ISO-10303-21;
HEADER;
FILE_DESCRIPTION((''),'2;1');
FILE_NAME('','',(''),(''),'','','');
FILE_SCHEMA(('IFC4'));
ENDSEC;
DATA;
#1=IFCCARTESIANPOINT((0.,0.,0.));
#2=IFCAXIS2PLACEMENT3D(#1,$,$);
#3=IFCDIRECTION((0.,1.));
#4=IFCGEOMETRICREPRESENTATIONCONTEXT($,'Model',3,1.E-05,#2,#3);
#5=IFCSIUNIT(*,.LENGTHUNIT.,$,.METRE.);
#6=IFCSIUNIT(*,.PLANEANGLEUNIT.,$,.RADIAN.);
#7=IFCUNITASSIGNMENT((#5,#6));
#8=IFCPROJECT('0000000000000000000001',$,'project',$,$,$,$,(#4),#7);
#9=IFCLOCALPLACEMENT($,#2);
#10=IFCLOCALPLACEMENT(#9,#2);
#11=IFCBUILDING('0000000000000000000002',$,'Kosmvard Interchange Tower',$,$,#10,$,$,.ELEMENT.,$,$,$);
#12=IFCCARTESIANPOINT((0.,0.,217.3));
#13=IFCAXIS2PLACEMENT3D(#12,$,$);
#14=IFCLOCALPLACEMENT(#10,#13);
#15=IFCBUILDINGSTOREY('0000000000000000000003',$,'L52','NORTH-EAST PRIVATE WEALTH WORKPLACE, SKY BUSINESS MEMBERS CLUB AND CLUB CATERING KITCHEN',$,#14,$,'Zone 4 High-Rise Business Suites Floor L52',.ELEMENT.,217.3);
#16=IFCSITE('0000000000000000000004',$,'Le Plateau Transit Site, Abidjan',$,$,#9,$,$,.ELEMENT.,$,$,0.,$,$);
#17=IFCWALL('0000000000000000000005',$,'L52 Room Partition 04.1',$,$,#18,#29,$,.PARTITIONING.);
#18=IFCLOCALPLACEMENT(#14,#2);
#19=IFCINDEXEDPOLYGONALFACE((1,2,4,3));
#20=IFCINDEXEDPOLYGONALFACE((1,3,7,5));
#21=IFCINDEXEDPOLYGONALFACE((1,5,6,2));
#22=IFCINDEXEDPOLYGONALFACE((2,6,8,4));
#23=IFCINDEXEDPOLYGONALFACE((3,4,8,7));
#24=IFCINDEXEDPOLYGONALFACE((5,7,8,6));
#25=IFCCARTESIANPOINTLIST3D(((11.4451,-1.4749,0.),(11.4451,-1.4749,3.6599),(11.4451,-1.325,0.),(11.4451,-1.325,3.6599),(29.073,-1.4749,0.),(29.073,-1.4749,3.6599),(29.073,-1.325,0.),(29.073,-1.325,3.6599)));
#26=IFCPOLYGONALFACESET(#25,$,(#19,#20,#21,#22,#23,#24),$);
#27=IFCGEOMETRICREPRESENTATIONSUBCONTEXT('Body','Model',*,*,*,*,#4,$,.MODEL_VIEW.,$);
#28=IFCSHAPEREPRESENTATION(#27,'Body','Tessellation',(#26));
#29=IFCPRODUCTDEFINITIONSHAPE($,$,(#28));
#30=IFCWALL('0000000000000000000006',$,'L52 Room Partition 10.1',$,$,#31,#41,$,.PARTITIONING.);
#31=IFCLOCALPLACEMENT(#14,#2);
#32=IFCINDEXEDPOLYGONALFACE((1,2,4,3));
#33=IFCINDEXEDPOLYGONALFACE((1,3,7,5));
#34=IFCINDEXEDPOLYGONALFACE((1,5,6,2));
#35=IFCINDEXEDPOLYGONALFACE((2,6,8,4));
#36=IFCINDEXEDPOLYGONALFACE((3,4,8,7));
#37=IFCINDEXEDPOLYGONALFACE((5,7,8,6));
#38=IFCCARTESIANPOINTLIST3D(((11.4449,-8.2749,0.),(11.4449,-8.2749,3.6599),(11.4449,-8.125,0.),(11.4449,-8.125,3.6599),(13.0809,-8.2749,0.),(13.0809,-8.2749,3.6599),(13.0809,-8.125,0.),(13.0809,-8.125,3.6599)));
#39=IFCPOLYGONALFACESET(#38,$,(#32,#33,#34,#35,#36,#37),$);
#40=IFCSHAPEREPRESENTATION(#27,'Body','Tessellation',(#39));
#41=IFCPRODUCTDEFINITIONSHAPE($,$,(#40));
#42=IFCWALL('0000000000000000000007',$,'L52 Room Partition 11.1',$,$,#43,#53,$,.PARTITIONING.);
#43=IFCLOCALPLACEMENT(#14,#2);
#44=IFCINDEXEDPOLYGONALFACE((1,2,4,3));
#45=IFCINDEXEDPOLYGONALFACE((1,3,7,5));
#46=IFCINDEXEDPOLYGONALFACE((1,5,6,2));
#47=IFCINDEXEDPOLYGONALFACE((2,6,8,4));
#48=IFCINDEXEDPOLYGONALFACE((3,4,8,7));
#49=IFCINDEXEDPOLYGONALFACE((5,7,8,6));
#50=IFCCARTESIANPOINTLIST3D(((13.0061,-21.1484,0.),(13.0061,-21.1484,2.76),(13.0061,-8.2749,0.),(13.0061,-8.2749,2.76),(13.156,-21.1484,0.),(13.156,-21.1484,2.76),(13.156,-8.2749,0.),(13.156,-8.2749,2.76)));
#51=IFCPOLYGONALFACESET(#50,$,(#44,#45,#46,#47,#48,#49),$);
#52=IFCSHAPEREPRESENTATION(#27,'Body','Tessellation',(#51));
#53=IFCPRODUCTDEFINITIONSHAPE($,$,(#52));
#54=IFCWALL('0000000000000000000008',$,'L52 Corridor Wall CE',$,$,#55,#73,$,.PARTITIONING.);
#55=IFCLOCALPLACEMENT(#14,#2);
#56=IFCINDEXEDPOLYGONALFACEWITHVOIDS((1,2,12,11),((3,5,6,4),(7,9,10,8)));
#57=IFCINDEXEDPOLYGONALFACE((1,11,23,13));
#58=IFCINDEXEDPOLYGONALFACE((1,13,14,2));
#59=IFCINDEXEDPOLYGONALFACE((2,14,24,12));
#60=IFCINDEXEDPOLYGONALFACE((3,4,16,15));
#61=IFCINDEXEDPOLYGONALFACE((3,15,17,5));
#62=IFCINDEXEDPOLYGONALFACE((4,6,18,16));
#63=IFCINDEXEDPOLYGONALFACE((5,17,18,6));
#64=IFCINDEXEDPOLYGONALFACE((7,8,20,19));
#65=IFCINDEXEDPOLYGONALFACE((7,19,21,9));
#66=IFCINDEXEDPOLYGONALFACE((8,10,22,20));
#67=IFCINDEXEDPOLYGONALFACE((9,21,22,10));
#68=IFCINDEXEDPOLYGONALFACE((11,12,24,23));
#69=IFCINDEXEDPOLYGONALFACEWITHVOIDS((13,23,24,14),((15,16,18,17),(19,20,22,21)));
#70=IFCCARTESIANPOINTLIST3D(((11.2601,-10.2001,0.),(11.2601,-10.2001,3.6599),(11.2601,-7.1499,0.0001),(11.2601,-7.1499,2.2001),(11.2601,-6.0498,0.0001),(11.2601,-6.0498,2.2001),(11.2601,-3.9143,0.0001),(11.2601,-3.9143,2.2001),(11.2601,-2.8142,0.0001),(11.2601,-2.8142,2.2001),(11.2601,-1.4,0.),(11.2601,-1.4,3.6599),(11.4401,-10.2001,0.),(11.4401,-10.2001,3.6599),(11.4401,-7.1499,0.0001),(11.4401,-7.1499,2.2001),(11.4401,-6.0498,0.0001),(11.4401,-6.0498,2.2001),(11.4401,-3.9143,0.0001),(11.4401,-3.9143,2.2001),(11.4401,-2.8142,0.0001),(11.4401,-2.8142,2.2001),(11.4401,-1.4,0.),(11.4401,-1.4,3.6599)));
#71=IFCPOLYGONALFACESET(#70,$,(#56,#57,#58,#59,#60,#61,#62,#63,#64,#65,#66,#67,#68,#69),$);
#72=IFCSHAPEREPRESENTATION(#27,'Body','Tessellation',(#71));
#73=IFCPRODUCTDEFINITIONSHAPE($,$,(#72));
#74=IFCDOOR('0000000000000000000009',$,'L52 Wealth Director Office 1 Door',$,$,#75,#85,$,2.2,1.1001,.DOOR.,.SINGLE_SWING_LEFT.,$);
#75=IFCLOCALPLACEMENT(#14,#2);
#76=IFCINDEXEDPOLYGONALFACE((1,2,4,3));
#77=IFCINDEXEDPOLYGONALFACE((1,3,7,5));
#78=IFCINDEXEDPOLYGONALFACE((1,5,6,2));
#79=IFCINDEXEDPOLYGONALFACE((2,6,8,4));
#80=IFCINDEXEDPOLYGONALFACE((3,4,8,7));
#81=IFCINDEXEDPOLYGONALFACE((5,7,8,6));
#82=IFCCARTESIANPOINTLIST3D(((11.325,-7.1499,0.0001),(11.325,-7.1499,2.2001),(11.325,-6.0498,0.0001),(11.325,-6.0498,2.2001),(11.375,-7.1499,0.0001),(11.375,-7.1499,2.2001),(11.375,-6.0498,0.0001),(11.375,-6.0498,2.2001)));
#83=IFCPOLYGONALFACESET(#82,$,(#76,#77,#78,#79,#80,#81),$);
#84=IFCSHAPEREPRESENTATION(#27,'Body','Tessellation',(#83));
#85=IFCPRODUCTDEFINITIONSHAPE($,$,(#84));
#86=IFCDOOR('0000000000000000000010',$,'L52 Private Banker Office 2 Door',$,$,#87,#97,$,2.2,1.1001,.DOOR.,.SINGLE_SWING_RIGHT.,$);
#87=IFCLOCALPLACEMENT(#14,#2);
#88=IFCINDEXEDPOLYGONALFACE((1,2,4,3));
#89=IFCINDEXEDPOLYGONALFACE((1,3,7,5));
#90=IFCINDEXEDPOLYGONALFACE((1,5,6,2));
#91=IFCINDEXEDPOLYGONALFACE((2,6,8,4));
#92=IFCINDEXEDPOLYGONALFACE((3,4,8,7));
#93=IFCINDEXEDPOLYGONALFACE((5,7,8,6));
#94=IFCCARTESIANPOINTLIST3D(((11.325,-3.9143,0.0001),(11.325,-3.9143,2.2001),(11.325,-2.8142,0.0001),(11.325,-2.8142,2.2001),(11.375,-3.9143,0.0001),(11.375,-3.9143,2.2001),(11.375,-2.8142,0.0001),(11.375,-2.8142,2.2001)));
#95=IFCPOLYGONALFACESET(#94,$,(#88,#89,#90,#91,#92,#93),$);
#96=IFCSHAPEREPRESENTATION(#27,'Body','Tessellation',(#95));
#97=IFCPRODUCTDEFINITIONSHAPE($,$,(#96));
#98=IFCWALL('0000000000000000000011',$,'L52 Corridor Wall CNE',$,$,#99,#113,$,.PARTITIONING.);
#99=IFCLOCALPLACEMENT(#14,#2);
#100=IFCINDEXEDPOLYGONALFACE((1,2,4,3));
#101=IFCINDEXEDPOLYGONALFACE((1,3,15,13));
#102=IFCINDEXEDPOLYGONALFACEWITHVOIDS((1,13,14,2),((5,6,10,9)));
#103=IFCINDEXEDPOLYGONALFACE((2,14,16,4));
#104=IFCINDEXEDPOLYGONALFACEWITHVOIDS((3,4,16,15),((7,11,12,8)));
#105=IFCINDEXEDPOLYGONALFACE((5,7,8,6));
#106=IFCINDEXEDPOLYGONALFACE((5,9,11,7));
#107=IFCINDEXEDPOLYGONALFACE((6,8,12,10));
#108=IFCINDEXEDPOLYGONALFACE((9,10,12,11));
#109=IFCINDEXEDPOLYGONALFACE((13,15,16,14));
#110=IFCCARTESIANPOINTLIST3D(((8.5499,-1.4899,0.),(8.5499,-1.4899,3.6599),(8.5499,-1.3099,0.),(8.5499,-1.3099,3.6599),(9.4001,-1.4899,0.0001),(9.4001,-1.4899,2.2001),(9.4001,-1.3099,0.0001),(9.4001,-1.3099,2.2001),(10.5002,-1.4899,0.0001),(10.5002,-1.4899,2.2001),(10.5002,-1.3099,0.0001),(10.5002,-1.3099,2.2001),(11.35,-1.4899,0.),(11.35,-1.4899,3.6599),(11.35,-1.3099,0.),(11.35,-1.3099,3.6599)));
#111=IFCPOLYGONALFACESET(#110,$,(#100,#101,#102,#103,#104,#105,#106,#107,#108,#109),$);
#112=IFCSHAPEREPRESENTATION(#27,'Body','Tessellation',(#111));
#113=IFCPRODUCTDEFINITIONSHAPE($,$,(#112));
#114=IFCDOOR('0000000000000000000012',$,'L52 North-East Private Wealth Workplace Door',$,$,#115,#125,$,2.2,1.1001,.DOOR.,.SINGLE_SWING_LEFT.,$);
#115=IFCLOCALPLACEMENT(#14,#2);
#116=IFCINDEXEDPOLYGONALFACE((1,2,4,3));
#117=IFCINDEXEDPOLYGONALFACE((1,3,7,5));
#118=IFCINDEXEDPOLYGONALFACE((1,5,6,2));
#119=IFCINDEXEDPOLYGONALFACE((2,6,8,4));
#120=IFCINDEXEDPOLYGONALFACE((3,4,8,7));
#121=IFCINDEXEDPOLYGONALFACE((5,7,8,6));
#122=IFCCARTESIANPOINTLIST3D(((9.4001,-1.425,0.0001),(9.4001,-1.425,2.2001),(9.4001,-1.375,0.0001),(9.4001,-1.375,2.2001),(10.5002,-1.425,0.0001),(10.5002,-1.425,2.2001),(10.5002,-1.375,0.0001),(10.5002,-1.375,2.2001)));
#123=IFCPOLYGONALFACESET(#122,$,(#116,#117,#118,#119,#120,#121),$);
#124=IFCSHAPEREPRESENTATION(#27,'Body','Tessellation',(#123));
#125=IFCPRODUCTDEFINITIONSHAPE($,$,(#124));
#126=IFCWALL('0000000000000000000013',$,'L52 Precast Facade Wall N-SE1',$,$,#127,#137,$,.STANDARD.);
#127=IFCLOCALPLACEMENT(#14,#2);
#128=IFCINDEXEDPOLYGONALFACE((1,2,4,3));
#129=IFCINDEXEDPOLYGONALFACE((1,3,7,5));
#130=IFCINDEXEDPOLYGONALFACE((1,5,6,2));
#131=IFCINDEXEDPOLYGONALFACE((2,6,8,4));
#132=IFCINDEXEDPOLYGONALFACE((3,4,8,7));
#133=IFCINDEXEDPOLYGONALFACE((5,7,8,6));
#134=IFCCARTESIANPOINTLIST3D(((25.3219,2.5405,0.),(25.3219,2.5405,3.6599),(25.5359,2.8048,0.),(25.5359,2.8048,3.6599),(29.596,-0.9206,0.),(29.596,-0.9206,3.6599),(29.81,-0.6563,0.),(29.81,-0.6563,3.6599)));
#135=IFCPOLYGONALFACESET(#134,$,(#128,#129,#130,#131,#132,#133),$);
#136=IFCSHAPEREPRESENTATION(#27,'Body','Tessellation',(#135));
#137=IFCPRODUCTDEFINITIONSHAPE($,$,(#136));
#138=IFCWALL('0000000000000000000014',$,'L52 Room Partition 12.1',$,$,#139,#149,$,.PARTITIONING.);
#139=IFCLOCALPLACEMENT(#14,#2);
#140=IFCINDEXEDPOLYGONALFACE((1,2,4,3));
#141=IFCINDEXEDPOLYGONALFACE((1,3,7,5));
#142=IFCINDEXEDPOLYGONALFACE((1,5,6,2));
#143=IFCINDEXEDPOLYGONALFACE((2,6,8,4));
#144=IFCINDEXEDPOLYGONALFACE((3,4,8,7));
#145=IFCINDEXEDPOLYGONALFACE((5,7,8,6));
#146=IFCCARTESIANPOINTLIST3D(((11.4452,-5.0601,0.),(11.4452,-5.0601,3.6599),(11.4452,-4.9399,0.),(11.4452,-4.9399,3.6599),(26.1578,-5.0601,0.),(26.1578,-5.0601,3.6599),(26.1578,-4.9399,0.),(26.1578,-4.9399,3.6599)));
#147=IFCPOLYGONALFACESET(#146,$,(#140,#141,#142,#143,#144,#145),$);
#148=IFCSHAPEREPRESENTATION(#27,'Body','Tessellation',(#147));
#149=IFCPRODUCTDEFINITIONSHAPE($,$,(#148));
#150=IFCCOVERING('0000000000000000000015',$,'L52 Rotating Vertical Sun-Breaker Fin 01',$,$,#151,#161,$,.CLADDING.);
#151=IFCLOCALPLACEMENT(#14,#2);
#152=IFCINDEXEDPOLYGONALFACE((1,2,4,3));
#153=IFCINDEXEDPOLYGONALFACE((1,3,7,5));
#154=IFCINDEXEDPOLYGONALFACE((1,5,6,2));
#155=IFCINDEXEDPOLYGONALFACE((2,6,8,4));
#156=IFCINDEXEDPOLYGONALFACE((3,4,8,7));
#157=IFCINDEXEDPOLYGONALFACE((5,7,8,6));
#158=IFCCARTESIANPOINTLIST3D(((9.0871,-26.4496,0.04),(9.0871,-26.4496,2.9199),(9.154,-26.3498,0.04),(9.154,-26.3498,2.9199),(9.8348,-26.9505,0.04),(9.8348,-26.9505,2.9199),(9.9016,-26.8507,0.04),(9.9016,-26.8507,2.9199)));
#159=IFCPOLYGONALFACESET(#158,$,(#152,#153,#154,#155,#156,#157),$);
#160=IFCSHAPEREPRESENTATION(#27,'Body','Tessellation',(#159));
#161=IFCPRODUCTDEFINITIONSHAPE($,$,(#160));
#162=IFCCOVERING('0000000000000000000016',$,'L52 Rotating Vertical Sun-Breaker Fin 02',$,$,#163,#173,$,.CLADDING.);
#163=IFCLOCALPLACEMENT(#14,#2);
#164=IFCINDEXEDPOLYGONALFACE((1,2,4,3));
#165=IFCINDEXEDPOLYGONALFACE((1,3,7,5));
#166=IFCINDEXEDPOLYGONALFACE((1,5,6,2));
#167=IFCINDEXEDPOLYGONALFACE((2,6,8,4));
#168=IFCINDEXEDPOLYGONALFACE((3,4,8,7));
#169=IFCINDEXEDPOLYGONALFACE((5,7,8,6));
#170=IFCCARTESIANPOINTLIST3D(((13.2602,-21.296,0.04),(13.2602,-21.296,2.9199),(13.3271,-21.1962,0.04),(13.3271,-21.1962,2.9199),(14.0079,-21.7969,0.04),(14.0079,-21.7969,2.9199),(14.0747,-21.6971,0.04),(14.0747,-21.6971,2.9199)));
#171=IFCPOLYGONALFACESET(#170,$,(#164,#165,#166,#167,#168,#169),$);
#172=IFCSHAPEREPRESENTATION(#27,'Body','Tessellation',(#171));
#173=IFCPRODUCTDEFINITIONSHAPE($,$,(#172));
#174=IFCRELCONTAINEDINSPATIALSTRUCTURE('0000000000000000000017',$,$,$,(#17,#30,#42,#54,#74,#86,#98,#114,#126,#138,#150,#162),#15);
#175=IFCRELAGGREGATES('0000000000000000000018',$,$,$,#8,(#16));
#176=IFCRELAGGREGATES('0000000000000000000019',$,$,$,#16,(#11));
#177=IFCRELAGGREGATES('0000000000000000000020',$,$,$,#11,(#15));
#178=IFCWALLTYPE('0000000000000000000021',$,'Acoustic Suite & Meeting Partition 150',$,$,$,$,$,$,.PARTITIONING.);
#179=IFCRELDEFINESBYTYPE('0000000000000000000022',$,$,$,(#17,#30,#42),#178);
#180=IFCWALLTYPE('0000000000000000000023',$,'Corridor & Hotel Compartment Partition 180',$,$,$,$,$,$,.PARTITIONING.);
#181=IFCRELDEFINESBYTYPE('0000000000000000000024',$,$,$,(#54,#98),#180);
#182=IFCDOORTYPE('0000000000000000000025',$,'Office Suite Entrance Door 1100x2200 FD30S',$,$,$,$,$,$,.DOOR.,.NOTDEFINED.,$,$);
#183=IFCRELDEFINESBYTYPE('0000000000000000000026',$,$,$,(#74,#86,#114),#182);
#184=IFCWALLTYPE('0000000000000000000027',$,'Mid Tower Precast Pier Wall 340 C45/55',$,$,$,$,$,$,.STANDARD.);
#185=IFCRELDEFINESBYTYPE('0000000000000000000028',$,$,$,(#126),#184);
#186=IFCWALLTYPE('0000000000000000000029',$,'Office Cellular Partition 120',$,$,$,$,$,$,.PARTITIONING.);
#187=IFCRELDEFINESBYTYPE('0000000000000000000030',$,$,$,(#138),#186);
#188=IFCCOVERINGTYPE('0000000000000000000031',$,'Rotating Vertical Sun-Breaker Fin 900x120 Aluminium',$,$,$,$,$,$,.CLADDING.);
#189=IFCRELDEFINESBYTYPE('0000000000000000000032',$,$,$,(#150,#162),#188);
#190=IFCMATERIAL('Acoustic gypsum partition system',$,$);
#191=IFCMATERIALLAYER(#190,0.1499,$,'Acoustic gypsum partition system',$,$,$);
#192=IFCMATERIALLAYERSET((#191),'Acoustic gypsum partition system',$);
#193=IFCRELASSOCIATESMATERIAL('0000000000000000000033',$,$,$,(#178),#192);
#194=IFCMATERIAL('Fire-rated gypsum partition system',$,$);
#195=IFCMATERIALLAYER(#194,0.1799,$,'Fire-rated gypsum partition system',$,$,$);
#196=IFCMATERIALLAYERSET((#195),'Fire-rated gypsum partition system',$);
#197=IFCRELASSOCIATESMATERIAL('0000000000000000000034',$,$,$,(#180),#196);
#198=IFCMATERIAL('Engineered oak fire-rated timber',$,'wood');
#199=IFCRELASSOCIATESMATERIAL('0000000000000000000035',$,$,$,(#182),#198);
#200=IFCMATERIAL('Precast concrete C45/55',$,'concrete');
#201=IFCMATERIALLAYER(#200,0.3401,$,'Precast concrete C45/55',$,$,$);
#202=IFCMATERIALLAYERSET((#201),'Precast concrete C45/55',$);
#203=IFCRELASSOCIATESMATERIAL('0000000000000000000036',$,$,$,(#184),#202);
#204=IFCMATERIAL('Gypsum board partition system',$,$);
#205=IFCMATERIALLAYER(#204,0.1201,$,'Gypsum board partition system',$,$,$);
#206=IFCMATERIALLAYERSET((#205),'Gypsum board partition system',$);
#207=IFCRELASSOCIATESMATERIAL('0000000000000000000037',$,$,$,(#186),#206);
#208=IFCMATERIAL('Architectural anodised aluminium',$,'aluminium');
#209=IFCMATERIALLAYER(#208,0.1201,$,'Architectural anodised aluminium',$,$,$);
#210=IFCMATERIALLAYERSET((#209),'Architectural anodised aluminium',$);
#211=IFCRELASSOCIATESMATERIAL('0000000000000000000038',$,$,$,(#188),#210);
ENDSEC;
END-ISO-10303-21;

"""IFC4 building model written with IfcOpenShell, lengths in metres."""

from ifc_helpers import new_model, si_unit, direction, frame, frame_2d, origin, origin_2d, place, context, subcontext, project, spatial, rectangle, extrude, source, transform, mapped, material, layer, layer_set, type_object, element, fill, save


model = new_model("IFC4")

# Units and contexts
model_context = context("Model", 3, precision=1e-05, world=origin(), true_north=direction((0.0, 1.0)))
body_context = subcontext(model_context, "Body", "Model", "MODEL_VIEW")
ifc_project = project(units=[si_unit("LENGTHUNIT", "METRE"), si_unit("PLANEANGLEUNIT", "RADIAN")], contexts=[model_context])

# Site, building, storey
site_placement = place(None, origin())
site = spatial("IfcSite", under=ifc_project, at=site_placement, Name="Le Plateau Transit Site, Abidjan", CompositionType="ELEMENT", RefElevation=0.0)
building_placement = place(site_placement, origin())
building = spatial("IfcBuilding", under=site, at=building_placement, Name="Kosmvard Interchange Tower", CompositionType="ELEMENT")
storey_placement = place(building_placement, frame((0.0, 0.0, 217.3)))
storey = spatial("IfcBuildingStorey", under=building, at=storey_placement, Name="L52", Description="NORTH-EAST PRIVATE WEALTH WORKPLACE, SKY BUSINESS MEMBERS CLUB AND CLUB CATERING KITCHEN", LongName="Zone 4 High-Rise Business Suites Floor L52", CompositionType="ELEMENT", Elevation=217.3)

# Shared definitions
ifc_material_1 = material(Name="Precast concrete C45/55", Category="concrete")

# Walls
ifc_material_2 = material(Name="Acoustic gypsum partition system")
ifc_layer_1 = layer(ifc_material_2, 0.1499, Name="Acoustic gypsum partition system")
ifc_layer_set_1 = layer_set([ifc_layer_1], Name="Acoustic gypsum partition system")
wall_type_1 = type_object("IfcWallType", Name="Acoustic Suite & Meeting Partition 150", PredefinedType="PARTITIONING", material=ifc_layer_set_1)
wall_1_placement = place(storey_placement, frame((11.4451, -1.3999, 0.0), z_axis=(0.0, 0.0, 1.0), x_axis=(1.0, 0.0, 0.0)))
element("IfcWall", 1, at=wall_1_placement, inside=storey, type_object=wall_type_1, Name="L52 Room Partition 04.1", PredefinedType="PARTITIONING", context=body_context, shape_type="SweptSolid", body=[
    extrude(rectangle(XDim=17.6279, YDim=0.1499, at=frame_2d((8.814, 0.0))), origin(), (0.0, 0.0, 1.0), 3.6599),
])
wall_2_placement = place(storey_placement, frame((11.4451, -8.2, 0.0), z_axis=(0.0, 0.0, 1.0), x_axis=(1.0, 0.0, 0.0)))
element("IfcWall", 2, at=wall_2_placement, inside=storey, type_object=wall_type_1, Name="L52 Room Partition 10.1", PredefinedType="PARTITIONING", context=body_context, shape_type="SweptSolid", body=[
    extrude(rectangle(XDim=1.636, YDim=0.1499, at=frame_2d((0.8179, 0.0))), origin(), (0.0, 0.0, 1.0), 3.6599),
])
wall_3_placement = place(storey_placement, frame((13.0811, -8.2749, 0.0), z_axis=(0.0, 0.0, 1.0), x_axis=(0.0, -1.0, 0.0)))
element("IfcWall", 3, at=wall_3_placement, inside=storey, type_object=wall_type_1, Name="L52 Room Partition 11.1", PredefinedType="PARTITIONING", context=body_context, shape_type="SweptSolid", body=[
    extrude(rectangle(XDim=12.8735, YDim=0.1499, at=frame_2d((6.4368, 0.0))), origin(), (0.0, 0.0, 1.0), 2.76),
])

# Wall, openings, doors
ifc_material_3 = material(Name="Fire-rated gypsum partition system")
ifc_layer_2 = layer(ifc_material_3, 0.1799, Name="Fire-rated gypsum partition system")
ifc_layer_set_2 = layer_set([ifc_layer_2], Name="Fire-rated gypsum partition system")
wall_type_2 = type_object("IfcWallType", Name="Corridor & Hotel Compartment Partition 180", PredefinedType="PARTITIONING", material=ifc_layer_set_2)
wall_4_placement = place(storey_placement, frame((11.3501, -10.2, 0.0), z_axis=(0.0, 0.0, 1.0), x_axis=(0.0, 1.0, 0.0)))
wall_4 = element("IfcWall", 4, at=wall_4_placement, inside=storey, type_object=wall_type_2, Name="L52 Corridor Wall CE", PredefinedType="PARTITIONING", context=body_context, shape_type="SweptSolid", body=[
    extrude(rectangle(XDim=8.8, YDim=0.1799, at=frame_2d((4.3999, 0.0))), origin(), (0.0, 0.0, 1.0), 3.6599),
])
opening_1_placement = place(wall_4_placement, frame((3.05, 0.0, 0.0)))
opening_1 = element("IfcOpeningElement", 5, at=opening_1_placement, cuts=wall_4, PredefinedType="OPENING", context=body_context, shape_type="SweptSolid", body=[
    extrude(rectangle(XDim=1.1001, YDim=2.2, at=frame_2d((0.55, 1.1001))), frame((0.0, 0.1001, 0.0), z_axis=(0.0, -1.0, 0.0), x_axis=(1.0, 0.0, 0.0)), (0.0, 0.0, 1.0), 0.2),
])
opening_2_placement = place(wall_4_placement, frame((6.2856, 0.0, 0.0)))
opening_2 = element("IfcOpeningElement", 6, at=opening_2_placement, cuts=wall_4, PredefinedType="OPENING", context=body_context, shape_type="SweptSolid", body=[
    extrude(rectangle(XDim=1.1001, YDim=2.2, at=frame_2d((0.55, 1.1001))), frame((0.0, 0.1001, 0.0), z_axis=(0.0, -1.0, 0.0), x_axis=(1.0, 0.0, 0.0)), (0.0, 0.0, 1.0), 0.2),
])
ifc_material_4 = material(Name="Engineered oak fire-rated timber", Category="wood")
door_type = type_object("IfcDoorType", Name="Office Suite Entrance Door 1100x2200 FD30S", OperationType="NOTDEFINED", PredefinedType="DOOR", material=ifc_material_4)
shared_shape_1 = source(origin(), body_context, "Body", "SweptSolid", [
    extrude(rectangle(XDim=1.1001, YDim=2.2, at=frame_2d((0.55, 1.1001))), frame((0.0, 0.0249, 0.0), z_axis=(0.0, -1.0, 0.0), x_axis=(1.0, 0.0, 0.0)), (0.0, 0.0, 1.0), 0.05),
])
door_1_placement = place(opening_1_placement, frame((1.1001, 0.0, 0.0), z_axis=(0.0, 0.0, 1.0), x_axis=(-1.0, 0.0, 0.0)))
door_1 = element("IfcDoor", 7, at=door_1_placement, inside=storey, type_object=door_type, Name="L52 Wealth Director Office 1 Door", OperationType="SINGLE_SWING_LEFT", OverallHeight=2.2, OverallWidth=1.1001, PredefinedType="DOOR", context=body_context, shape_type="MappedRepresentation", body=[
    mapped(shared_shape_1, transform((0.0, 0.0, 0.0), scale=1.0)),
])
fill(opening_1, door_1)
door_2_placement = place(opening_2_placement, frame((1.1001, 0.0, 0.0), z_axis=(0.0, 0.0, 1.0), x_axis=(-1.0, 0.0, 0.0)))
door_2 = element("IfcDoor", 8, at=door_2_placement, inside=storey, type_object=door_type, Name="L52 Private Banker Office 2 Door", OperationType="SINGLE_SWING_RIGHT", OverallHeight=2.2, OverallWidth=1.1001, PredefinedType="DOOR", context=body_context, shape_type="MappedRepresentation", body=[
    mapped(shared_shape_1, transform((0.0, 0.0, 0.0), scale=1.0)),
])
fill(opening_2, door_2)

# Wall, opening, door
wall_5_placement = place(storey_placement, frame((8.55, -1.3999, 0.0), z_axis=(0.0, 0.0, 1.0), x_axis=(1.0, 0.0, 0.0)))
wall_5 = element("IfcWall", 9, at=wall_5_placement, inside=storey, type_object=wall_type_2, Name="L52 Corridor Wall CNE", PredefinedType="PARTITIONING", context=body_context, shape_type="SweptSolid", body=[
    extrude(rectangle(XDim=2.8, YDim=0.1799, at=frame_2d((1.3999, 0.0))), origin(), (0.0, 0.0, 1.0), 3.6599),
])
opening_3_placement = place(wall_5_placement, frame((0.8501, 0.0, 0.0)))
opening_3 = element("IfcOpeningElement", 10, at=opening_3_placement, cuts=wall_5, PredefinedType="OPENING", context=body_context, shape_type="SweptSolid", body=[
    extrude(rectangle(XDim=1.1001, YDim=2.2, at=frame_2d((0.55, 1.1001))), frame((0.0, 0.1001, 0.0), z_axis=(0.0, -1.0, 0.0), x_axis=(1.0, 0.0, 0.0)), (0.0, 0.0, 1.0), 0.2),
])
door_3_placement = place(opening_3_placement, origin())
door_3 = element("IfcDoor", 11, at=door_3_placement, inside=storey, type_object=door_type, Name="L52 North-East Private Wealth Workplace Door", OperationType="SINGLE_SWING_LEFT", OverallHeight=2.2, OverallWidth=1.1001, PredefinedType="DOOR", context=body_context, shape_type="MappedRepresentation", body=[
    mapped(shared_shape_1, transform((0.0, 0.0, 0.0), scale=1.0)),
])
fill(opening_3, door_3)

# Walls
ifc_layer_3 = layer(ifc_material_1, 0.3401, Name="Precast concrete C45/55")
ifc_layer_set_3 = layer_set([ifc_layer_3], Name="Precast concrete C45/55")
wall_type_3 = type_object("IfcWallType", Name="Mid Tower Precast Pier Wall 340 C45/55", PredefinedType="STANDARD", material=ifc_layer_set_3)
wall_6_placement = place(storey_placement, frame((29.7031, -0.7886, 0.0), z_axis=(0.0, 0.0, 1.0), x_axis=(-0.777144, 0.629323, 0.0)))
element("IfcWall", 12, at=wall_6_placement, inside=storey, type_object=wall_type_3, Name="L52 Precast Facade Wall N-SE1", PredefinedType="STANDARD", context=body_context, shape_type="SweptSolid", body=[
    extrude(rectangle(XDim=5.4998, YDim=0.3401, at=frame_2d((2.75, 0.0))), origin(), (0.0, 0.0, 1.0), 3.6599),
])
ifc_material_5 = material(Name="Gypsum board partition system")
ifc_layer_4 = layer(ifc_material_5, 0.1201, Name="Gypsum board partition system")
ifc_layer_set_4 = layer_set([ifc_layer_4], Name="Gypsum board partition system")
wall_type_4 = type_object("IfcWallType", Name="Office Cellular Partition 120", PredefinedType="PARTITIONING", material=ifc_layer_set_4)
wall_7_placement = place(storey_placement, frame((11.4451, -5.0, 0.0), z_axis=(0.0, 0.0, 1.0), x_axis=(1.0, 0.0, 0.0)))
element("IfcWall", 13, at=wall_7_placement, inside=storey, type_object=wall_type_4, Name="L52 Room Partition 12.1", PredefinedType="PARTITIONING", context=body_context, shape_type="SweptSolid", body=[
    extrude(rectangle(XDim=14.7126, YDim=0.1201, at=frame_2d((7.3564, 0.0))), origin(), (0.0, 0.0, 1.0), 3.6599),
])

# Coverings
ifc_material_6 = material(Name="Architectural anodised aluminium", Category="aluminium")
ifc_layer_5 = layer(ifc_material_6, 0.1201, Name="Architectural anodised aluminium")
ifc_layer_set_5 = layer_set([ifc_layer_5], Name="Architectural anodised aluminium")
covering_type = type_object("IfcCoveringType", Name="Rotating Vertical Sun-Breaker Fin 900x120 Aluminium", PredefinedType="CLADDING", material=ifc_layer_set_5)
shared_shape_2 = source(origin(), body_context, "Body", "SweptSolid", [
    extrude(rectangle(XDim=0.8999, YDim=0.1201, at=origin_2d()), origin(), (0.0, 0.0, 1.0), 2.8799),
])
for number, where, z_axis, x_axis, name in (
    (14, (9.4944, -26.6501, 0.04), (0.0, 0.0, 1.0), (0.83079, -0.556586, 0.0), "L52 Rotating Vertical Sun-Breaker Fin 01"),
    (15, (13.6675, -21.4966, 0.04), (0.0, 0.0, 1.0), (0.83079, -0.556586, 0.0), "L52 Rotating Vertical Sun-Breaker Fin 02"),
):
    element("IfcCovering", number, at=place(storey_placement, frame(where, z_axis=z_axis, x_axis=x_axis)), inside=storey, type_object=covering_type, Name=name, PredefinedType="CLADDING", context=body_context, shape_type="MappedRepresentation", body=[
        mapped(shared_shape_2, transform((0.0, 0.0, 0.0), scale=1.0)),
    ])

save(model, "model.ifc")
